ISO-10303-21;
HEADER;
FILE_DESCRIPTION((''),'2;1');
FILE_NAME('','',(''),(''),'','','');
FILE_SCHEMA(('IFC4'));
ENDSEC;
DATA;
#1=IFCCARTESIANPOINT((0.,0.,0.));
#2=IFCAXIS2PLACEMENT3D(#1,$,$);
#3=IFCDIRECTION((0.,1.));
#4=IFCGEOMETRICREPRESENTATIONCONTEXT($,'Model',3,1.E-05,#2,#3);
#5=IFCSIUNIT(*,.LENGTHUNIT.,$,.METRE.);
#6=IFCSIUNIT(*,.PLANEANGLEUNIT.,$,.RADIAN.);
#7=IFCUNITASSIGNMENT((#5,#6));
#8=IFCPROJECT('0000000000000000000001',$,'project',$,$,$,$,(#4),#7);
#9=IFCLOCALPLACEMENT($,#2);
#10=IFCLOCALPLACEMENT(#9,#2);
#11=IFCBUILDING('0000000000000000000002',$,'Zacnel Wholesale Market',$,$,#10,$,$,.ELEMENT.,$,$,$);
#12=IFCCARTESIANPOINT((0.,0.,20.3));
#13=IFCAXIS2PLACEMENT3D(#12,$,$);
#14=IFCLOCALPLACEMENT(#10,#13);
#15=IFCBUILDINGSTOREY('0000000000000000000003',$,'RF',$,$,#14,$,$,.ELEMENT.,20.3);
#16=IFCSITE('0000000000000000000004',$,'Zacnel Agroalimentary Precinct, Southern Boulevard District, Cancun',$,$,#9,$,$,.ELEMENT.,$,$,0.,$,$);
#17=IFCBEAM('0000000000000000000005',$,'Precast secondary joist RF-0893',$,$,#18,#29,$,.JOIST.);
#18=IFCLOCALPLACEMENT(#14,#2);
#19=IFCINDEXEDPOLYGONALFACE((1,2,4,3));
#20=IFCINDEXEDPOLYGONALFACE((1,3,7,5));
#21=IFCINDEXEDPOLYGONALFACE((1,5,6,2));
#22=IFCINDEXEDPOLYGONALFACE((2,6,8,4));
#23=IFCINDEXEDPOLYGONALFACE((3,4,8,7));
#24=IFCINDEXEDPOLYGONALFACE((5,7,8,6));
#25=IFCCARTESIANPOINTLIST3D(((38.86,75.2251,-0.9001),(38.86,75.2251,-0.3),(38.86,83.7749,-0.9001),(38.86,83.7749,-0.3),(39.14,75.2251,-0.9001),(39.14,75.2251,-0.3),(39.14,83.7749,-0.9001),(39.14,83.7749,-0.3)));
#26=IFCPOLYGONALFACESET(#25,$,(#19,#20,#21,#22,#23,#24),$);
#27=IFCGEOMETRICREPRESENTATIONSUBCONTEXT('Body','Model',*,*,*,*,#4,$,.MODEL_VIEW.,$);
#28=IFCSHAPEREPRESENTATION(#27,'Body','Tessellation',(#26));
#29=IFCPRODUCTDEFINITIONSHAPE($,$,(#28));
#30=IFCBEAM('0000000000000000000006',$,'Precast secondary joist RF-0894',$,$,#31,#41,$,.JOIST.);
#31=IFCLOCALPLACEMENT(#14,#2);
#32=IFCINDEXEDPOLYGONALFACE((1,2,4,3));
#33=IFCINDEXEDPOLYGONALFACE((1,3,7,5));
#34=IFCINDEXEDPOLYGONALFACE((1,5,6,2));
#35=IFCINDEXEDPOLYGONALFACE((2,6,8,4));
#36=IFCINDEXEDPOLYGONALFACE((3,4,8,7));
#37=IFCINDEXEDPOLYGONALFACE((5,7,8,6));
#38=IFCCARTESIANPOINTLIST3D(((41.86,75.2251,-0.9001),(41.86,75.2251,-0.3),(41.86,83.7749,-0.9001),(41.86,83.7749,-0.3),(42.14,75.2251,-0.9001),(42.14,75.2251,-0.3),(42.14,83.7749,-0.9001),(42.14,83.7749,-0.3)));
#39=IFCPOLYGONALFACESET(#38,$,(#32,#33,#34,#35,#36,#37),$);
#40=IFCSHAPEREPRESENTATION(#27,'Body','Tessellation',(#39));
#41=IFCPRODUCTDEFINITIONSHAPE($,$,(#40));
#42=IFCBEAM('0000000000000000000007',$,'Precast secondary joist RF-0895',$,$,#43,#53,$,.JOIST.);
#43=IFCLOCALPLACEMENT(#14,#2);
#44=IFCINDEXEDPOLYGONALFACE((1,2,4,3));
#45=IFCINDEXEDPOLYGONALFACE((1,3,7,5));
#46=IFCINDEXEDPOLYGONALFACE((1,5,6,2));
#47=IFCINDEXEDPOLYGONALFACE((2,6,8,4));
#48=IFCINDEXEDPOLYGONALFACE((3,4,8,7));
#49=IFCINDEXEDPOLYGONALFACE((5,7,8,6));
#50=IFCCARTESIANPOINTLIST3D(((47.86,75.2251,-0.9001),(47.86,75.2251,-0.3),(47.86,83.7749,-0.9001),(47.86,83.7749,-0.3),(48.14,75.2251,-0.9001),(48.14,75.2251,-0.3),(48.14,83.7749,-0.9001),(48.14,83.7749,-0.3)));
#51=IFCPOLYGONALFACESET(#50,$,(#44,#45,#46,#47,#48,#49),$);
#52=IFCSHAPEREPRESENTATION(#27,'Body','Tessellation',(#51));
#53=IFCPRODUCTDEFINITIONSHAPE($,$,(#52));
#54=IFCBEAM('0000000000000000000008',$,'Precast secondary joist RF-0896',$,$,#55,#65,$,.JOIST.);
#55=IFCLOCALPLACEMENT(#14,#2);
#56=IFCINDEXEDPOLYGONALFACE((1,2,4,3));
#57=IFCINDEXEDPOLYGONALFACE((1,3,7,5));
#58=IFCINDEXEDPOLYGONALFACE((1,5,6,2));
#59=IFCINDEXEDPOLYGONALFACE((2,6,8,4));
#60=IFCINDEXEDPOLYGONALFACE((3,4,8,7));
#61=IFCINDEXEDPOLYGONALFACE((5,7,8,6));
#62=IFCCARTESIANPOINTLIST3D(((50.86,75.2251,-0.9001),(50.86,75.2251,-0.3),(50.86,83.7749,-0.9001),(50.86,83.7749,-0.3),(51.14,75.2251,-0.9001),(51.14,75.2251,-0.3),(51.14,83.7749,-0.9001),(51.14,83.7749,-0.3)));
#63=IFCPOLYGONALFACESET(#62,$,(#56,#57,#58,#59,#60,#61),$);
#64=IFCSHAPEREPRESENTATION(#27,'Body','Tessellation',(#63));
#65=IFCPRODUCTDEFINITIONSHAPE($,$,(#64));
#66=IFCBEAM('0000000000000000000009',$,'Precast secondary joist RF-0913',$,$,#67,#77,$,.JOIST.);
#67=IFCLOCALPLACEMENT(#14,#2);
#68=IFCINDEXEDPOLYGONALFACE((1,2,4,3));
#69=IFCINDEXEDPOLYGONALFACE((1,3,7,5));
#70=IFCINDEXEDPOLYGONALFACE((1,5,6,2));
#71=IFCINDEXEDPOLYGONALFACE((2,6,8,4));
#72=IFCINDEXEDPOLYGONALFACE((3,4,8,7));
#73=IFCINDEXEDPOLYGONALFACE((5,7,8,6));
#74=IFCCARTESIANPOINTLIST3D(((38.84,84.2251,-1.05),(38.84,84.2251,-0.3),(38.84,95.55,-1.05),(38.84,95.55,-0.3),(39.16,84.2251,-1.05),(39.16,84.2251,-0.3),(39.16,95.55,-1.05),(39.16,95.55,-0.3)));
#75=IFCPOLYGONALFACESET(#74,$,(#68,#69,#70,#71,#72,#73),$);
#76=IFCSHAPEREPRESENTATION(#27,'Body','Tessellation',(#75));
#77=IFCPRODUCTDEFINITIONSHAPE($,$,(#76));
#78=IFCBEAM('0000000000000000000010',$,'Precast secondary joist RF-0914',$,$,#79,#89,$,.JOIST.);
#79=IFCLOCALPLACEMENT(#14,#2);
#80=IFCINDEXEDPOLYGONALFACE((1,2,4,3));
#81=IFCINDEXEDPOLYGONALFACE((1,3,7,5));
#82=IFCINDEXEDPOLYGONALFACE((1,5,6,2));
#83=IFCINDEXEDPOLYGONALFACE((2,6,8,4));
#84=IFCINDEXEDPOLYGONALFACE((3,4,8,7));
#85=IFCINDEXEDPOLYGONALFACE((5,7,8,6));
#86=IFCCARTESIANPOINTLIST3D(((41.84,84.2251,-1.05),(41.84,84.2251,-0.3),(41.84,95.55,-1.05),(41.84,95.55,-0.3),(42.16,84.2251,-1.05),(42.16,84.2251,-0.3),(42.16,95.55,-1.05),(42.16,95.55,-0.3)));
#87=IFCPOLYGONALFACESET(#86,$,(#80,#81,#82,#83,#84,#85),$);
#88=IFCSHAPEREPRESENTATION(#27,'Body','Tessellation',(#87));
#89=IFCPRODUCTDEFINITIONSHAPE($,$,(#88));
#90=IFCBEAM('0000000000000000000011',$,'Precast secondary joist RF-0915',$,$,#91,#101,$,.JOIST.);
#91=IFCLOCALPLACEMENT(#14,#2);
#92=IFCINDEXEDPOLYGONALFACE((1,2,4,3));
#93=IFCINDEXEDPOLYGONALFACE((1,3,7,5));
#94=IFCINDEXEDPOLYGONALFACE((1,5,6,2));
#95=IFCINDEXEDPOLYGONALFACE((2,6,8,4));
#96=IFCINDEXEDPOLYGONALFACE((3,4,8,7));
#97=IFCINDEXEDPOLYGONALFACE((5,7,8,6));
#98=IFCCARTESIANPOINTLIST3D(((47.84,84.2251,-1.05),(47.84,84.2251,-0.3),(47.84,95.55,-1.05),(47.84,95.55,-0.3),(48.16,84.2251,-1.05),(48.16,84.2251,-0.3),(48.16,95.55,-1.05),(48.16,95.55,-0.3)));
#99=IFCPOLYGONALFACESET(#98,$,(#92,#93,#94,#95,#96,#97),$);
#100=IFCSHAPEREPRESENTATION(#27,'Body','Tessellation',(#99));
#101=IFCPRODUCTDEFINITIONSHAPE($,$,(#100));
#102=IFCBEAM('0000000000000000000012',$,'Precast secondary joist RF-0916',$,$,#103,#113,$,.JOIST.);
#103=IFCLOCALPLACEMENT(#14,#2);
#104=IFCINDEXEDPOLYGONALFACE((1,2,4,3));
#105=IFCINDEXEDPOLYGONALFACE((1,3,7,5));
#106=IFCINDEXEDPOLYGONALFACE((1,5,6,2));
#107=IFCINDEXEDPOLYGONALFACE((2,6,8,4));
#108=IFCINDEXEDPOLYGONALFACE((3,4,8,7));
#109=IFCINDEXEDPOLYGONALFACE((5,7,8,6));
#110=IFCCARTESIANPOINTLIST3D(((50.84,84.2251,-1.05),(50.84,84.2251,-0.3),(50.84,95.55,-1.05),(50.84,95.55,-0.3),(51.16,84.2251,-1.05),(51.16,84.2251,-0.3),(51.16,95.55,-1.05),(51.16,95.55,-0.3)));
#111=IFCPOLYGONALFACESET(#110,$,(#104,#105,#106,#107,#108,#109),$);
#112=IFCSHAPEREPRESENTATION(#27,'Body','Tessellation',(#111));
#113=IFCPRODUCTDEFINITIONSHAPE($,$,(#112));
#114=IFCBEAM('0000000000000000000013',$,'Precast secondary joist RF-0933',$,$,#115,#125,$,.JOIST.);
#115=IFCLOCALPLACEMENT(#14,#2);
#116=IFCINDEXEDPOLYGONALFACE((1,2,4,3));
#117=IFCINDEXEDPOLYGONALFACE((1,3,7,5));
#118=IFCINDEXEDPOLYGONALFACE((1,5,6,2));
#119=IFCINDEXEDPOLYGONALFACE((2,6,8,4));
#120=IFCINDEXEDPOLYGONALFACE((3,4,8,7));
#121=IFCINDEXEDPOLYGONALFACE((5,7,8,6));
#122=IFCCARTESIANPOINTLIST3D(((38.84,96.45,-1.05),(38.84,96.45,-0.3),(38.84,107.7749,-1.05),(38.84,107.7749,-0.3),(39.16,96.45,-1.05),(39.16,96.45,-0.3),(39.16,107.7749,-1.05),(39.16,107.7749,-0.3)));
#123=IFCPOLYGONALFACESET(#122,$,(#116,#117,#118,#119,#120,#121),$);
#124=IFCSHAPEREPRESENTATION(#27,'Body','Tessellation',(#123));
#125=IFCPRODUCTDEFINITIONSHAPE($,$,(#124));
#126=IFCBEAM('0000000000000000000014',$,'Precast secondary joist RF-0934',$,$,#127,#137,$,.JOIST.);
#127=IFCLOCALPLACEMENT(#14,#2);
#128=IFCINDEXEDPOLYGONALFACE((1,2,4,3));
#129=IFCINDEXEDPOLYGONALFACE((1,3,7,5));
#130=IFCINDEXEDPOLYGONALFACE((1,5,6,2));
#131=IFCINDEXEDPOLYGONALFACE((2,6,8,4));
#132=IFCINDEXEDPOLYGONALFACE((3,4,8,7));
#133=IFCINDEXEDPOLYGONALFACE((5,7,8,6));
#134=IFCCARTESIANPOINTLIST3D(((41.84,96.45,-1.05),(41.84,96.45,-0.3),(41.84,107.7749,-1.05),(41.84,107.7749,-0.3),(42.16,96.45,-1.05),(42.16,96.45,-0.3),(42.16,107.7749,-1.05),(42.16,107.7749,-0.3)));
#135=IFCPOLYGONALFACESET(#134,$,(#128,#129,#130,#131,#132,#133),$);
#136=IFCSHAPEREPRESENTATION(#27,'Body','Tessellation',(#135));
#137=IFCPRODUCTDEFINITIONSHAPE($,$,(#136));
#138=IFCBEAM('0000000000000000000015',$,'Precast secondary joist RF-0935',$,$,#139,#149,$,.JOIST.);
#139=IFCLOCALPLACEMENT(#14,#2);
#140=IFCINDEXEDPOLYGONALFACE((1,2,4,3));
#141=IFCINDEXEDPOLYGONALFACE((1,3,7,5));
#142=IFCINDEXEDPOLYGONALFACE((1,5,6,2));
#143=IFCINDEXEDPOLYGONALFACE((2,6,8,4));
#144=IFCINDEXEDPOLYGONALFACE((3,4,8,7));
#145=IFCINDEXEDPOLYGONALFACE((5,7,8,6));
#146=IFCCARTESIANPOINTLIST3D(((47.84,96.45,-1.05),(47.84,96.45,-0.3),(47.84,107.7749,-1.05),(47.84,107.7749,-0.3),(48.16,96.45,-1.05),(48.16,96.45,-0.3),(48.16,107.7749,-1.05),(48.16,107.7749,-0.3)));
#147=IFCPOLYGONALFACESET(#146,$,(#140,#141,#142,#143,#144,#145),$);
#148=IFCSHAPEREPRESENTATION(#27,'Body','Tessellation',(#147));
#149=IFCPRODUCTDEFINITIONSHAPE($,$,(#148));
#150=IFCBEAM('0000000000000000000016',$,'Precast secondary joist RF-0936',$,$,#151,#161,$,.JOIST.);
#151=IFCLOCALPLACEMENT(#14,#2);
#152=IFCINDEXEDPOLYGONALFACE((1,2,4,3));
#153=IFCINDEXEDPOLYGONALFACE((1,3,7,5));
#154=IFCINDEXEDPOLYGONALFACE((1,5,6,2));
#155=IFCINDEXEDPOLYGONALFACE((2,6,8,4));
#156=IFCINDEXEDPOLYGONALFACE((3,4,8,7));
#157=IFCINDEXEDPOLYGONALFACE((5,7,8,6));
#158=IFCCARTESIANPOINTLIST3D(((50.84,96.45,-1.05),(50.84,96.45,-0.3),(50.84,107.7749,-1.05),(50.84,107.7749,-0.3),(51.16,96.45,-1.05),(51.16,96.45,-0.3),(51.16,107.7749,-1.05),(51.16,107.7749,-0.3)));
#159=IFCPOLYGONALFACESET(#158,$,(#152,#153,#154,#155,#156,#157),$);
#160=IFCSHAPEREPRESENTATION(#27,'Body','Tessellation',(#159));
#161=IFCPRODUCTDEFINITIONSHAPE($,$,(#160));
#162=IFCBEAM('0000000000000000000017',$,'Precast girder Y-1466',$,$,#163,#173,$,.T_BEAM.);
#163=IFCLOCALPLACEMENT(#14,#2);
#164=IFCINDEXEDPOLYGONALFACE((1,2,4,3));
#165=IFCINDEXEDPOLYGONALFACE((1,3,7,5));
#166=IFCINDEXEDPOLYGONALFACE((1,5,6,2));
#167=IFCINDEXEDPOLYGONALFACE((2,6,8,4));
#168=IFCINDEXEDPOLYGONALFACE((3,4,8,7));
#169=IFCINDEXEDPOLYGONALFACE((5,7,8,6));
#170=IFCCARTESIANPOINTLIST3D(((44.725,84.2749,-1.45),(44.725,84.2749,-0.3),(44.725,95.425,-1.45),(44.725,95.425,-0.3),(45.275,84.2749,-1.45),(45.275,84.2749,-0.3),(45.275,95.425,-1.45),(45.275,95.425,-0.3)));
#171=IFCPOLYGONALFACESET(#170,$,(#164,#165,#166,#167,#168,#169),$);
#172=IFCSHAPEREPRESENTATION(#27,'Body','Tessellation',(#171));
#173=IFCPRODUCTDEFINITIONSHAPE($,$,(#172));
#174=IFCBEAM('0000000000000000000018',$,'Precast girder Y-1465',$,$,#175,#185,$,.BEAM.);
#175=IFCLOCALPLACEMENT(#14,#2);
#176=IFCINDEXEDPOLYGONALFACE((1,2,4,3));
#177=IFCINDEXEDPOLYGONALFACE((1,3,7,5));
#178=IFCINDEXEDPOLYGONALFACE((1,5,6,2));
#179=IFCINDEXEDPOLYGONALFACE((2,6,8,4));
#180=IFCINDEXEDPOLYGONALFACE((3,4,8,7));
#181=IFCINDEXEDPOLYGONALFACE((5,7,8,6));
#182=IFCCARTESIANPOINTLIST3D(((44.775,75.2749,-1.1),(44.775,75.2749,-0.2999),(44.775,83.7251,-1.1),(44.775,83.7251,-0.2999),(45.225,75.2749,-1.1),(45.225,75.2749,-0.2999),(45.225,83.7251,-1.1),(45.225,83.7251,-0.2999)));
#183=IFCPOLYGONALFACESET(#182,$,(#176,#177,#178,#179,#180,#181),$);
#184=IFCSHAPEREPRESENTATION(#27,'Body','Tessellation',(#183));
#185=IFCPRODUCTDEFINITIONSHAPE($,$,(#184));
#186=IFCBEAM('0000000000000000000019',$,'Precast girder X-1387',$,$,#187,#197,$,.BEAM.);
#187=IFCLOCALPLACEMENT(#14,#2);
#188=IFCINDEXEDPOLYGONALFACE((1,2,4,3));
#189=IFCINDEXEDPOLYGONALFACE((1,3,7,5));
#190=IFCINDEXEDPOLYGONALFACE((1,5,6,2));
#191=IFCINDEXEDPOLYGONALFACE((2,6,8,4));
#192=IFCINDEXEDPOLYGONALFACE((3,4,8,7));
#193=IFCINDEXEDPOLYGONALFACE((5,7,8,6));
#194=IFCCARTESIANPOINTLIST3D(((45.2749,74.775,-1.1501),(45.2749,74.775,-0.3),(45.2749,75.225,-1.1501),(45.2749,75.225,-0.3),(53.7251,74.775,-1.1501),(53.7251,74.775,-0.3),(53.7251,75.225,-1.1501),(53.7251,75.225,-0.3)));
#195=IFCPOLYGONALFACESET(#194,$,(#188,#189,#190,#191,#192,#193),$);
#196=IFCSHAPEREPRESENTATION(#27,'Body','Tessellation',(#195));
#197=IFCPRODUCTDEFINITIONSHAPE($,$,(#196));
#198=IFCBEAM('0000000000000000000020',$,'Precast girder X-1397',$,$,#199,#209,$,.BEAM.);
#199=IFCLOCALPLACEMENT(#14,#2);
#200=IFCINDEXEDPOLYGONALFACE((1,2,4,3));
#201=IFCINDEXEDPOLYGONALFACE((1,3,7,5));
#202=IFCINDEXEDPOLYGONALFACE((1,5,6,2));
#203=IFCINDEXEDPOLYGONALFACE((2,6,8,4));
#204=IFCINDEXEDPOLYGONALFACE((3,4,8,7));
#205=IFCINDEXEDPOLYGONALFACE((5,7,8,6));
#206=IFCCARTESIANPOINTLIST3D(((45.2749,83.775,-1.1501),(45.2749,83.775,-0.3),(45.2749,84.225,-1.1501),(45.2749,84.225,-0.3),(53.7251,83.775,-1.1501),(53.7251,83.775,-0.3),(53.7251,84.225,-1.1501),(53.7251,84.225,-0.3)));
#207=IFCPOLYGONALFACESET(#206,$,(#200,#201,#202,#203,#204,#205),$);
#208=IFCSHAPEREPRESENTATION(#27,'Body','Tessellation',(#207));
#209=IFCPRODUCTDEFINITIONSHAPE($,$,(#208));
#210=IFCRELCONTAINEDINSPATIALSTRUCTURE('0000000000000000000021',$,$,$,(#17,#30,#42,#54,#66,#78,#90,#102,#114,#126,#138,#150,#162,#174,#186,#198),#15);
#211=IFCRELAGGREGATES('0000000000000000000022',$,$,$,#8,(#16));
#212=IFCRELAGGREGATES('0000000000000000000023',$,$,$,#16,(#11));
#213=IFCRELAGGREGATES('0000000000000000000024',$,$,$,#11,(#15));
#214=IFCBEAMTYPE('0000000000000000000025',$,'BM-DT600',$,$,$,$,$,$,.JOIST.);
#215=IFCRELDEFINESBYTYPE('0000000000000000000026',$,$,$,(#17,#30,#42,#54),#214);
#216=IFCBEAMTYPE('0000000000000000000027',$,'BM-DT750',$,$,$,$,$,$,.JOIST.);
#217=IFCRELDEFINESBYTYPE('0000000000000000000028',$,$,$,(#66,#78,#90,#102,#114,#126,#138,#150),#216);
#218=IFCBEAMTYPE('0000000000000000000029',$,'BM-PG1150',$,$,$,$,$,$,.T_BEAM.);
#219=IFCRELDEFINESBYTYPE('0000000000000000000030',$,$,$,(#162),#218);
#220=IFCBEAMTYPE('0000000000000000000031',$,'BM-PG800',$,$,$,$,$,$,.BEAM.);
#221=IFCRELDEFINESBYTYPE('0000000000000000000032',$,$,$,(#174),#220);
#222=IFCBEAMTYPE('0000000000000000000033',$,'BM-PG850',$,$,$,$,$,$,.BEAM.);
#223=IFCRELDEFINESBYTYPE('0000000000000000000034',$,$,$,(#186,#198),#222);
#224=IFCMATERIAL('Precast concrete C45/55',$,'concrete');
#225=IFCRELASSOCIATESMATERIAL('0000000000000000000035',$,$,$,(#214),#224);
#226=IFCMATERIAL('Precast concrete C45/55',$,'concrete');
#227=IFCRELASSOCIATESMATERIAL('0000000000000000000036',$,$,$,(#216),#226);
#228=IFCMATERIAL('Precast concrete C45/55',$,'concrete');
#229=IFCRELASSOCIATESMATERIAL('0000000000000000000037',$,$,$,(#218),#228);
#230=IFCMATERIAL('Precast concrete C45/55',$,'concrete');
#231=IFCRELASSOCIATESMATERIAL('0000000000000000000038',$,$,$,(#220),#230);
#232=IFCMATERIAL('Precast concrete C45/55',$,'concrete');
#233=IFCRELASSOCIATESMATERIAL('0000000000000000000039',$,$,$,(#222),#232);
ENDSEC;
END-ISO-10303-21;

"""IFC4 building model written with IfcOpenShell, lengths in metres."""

from ifc_helpers import new_model, si_unit, direction, frame, origin, origin_2d, place, context, subcontext, project, spatial, rectangle, extrude, material, material_profile, profile_set, type_object, element, save


model = new_model("IFC4")

# Units and contexts
model_context = context("Model", 3, precision=1e-05, world=origin(), true_north=direction((0.0, 1.0)))
body_context = subcontext(model_context, "Body", "Model", "MODEL_VIEW")
ifc_project = project(units=[si_unit("LENGTHUNIT", "METRE"), si_unit("PLANEANGLEUNIT", "RADIAN")], contexts=[model_context])

# Site, building, storey
site_placement = place(None, origin())
site = spatial("IfcSite", under=ifc_project, at=site_placement, Name="Zacnel Agroalimentary Precinct, Southern Boulevard District, Cancun", CompositionType="ELEMENT", RefElevation=0.0)
building_placement = place(site_placement, origin())
building = spatial("IfcBuilding", under=site, at=building_placement, Name="Zacnel Wholesale Market", CompositionType="ELEMENT")
storey_placement = place(building_placement, frame((0.0, 0.0, 20.3)))
storey = spatial("IfcBuildingStorey", under=building, at=storey_placement, Name="RF", CompositionType="ELEMENT", Elevation=20.3)

# Beams
ifc_material_1 = material(Name="Precast concrete C45/55", Category="concrete")
ifc_material_profile_1 = material_profile(ifc_material_1, rectangle(XDim=0.28, YDim=0.6001, at=origin_2d()), Name="DT RIB 280x600")
ifc_profile_set_1 = profile_set([ifc_material_profile_1], Name="Precast concrete C45/55")
beam_type_1 = type_object("IfcBeamType", Name="BM-DT600", PredefinedType="JOIST", material=ifc_profile_set_1)
for number, where, z_axis, x_axis, name in (
    (1, (39.0, 75.2251, -0.6001), (0.0, 1.0, 0.0), (-1.0, 0.0, 0.0), "Precast secondary joist RF-0893"),
    (2, (42.0, 75.2251, -0.6001), (0.0, 1.0, 0.0), (-1.0, 0.0, 0.0), "Precast secondary joist RF-0894"),
    (3, (48.0, 75.2251, -0.6001), (0.0, 1.0, 0.0), (-1.0, 0.0, 0.0), "Precast secondary joist RF-0895"),
    (4, (51.0, 75.2251, -0.6001), (0.0, 1.0, 0.0), (-1.0, 0.0, 0.0), "Precast secondary joist RF-0896"),
):
    element("IfcBeam", number, at=place(storey_placement, frame(where, z_axis=z_axis, x_axis=x_axis)), inside=storey, type_object=beam_type_1, Name=name, PredefinedType="JOIST", context=body_context, shape_type="SweptSolid", body=[
        extrude(rectangle(XDim=0.28, YDim=0.6001, at=origin_2d()), origin(), (0.0, 0.0, 1.0), 8.5498),
    ])
ifc_material_2 = material(Name="Precast concrete C45/55", Category="concrete")
ifc_material_profile_2 = material_profile(ifc_material_2, rectangle(XDim=0.3201, YDim=0.75, at=origin_2d()), Name="DT RIB 320x750")
ifc_profile_set_2 = profile_set([ifc_material_profile_2], Name="Precast concrete C45/55")
beam_type_2 = type_object("IfcBeamType", Name="BM-DT750", PredefinedType="JOIST", material=ifc_profile_set_2)
for number, where, z_axis, x_axis, name in (
    (5, (39.0, 84.2251, -0.675), (0.0, 1.0, 0.0), (-1.0, 0.0, 0.0), "Precast secondary joist RF-0913"),
    (6, (42.0, 84.2251, -0.675), (0.0, 1.0, 0.0), (-1.0, 0.0, 0.0), "Precast secondary joist RF-0914"),
    (7, (48.0, 84.2251, -0.675), (0.0, 1.0, 0.0), (-1.0, 0.0, 0.0), "Precast secondary joist RF-0915"),
    (8, (51.0, 84.2251, -0.675), (0.0, 1.0, 0.0), (-1.0, 0.0, 0.0), "Precast secondary joist RF-0916"),
    (9, (39.0, 96.45, -0.675), (0.0, 1.0, 0.0), (-1.0, 0.0, 0.0), "Precast secondary joist RF-0933"),
    (10, (42.0, 96.45, -0.675), (0.0, 1.0, 0.0), (-1.0, 0.0, 0.0), "Precast secondary joist RF-0934"),
    (11, (48.0, 96.45, -0.675), (0.0, 1.0, 0.0), (-1.0, 0.0, 0.0), "Precast secondary joist RF-0935"),
    (12, (51.0, 96.45, -0.675), (0.0, 1.0, 0.0), (-1.0, 0.0, 0.0), "Precast secondary joist RF-0936"),
):
    element("IfcBeam", number, at=place(storey_placement, frame(where, z_axis=z_axis, x_axis=x_axis)), inside=storey, type_object=beam_type_2, Name=name, PredefinedType="JOIST", context=body_context, shape_type="SweptSolid", body=[
        extrude(rectangle(XDim=0.3201, YDim=0.75, at=origin_2d()), origin(), (0.0, 0.0, 1.0), 11.325),
    ])
ifc_material_3 = material(Name="Precast concrete C45/55", Category="concrete")
ifc_material_profile_3 = material_profile(ifc_material_3, rectangle(XDim=0.55, YDim=1.1499, at=origin_2d()), Name="PG 550x1150")
ifc_profile_set_3 = profile_set([ifc_material_profile_3], Name="Precast concrete C45/55")
beam_type_3 = type_object("IfcBeamType", Name="BM-PG1150", PredefinedType="T_BEAM", material=ifc_profile_set_3)
beam_1_placement = place(storey_placement, frame((45.0, 84.2749, -0.875), z_axis=(0.0, 1.0, 0.0), x_axis=(-1.0, 0.0, 0.0)))
element("IfcBeam", 13, at=beam_1_placement, inside=storey, type_object=beam_type_3, Name="Precast girder Y-1466", PredefinedType="T_BEAM", context=body_context, shape_type="SweptSolid", body=[
    extrude(rectangle(XDim=0.55, YDim=1.1499, at=origin_2d()), origin(), (0.0, 0.0, 1.0), 11.1501),
])
ifc_material_4 = material(Name="Precast concrete C45/55", Category="concrete")
ifc_material_profile_4 = material_profile(ifc_material_4, rectangle(XDim=0.45, YDim=0.8, at=origin_2d()), Name="PG 450x800")
ifc_profile_set_4 = profile_set([ifc_material_profile_4], Name="Precast concrete C45/55")
beam_type_4 = type_object("IfcBeamType", Name="BM-PG800", PredefinedType="BEAM", material=ifc_profile_set_4)
beam_2_placement = place(storey_placement, frame((45.0, 75.2749, -0.7), z_axis=(0.0, 1.0, 0.0), x_axis=(-1.0, 0.0, 0.0)))
element("IfcBeam", 14, at=beam_2_placement, inside=storey, type_object=beam_type_4, Name="Precast girder Y-1465", PredefinedType="BEAM", context=body_context, shape_type="SweptSolid", body=[
    extrude(rectangle(XDim=0.45, YDim=0.8, at=origin_2d()), origin(), (0.0, 0.0, 1.0), 8.4502),
])
ifc_material_5 = material(Name="Precast concrete C45/55", Category="concrete")
ifc_material_profile_5 = material_profile(ifc_material_5, rectangle(XDim=0.45, YDim=0.8501, at=origin_2d()), Name="PG 450x850")
ifc_profile_set_5 = profile_set([ifc_material_profile_5], Name="Precast concrete C45/55")
beam_type_5 = type_object("IfcBeamType", Name="BM-PG850", PredefinedType="BEAM", material=ifc_profile_set_5)
for number, where, z_axis, x_axis, name in (
    (15, (45.2749, 75.0, -0.7251), (1.0, 0.0, 0.0), (0.0, 1.0, 0.0), "Precast girder X-1387"),
    (16, (45.2749, 84.0, -0.7251), (1.0, 0.0, 0.0), (0.0, 1.0, 0.0), "Precast girder X-1397"),
):
    element("IfcBeam", number, at=place(storey_placement, frame(where, z_axis=z_axis, x_axis=x_axis)), inside=storey, type_object=beam_type_5, Name=name, PredefinedType="BEAM", context=body_context, shape_type="SweptSolid", body=[
        extrude(rectangle(XDim=0.45, YDim=0.8501, at=origin_2d()), origin(), (0.0, 0.0, 1.0), 8.4502),
    ])

save(model, "model.ifc")
